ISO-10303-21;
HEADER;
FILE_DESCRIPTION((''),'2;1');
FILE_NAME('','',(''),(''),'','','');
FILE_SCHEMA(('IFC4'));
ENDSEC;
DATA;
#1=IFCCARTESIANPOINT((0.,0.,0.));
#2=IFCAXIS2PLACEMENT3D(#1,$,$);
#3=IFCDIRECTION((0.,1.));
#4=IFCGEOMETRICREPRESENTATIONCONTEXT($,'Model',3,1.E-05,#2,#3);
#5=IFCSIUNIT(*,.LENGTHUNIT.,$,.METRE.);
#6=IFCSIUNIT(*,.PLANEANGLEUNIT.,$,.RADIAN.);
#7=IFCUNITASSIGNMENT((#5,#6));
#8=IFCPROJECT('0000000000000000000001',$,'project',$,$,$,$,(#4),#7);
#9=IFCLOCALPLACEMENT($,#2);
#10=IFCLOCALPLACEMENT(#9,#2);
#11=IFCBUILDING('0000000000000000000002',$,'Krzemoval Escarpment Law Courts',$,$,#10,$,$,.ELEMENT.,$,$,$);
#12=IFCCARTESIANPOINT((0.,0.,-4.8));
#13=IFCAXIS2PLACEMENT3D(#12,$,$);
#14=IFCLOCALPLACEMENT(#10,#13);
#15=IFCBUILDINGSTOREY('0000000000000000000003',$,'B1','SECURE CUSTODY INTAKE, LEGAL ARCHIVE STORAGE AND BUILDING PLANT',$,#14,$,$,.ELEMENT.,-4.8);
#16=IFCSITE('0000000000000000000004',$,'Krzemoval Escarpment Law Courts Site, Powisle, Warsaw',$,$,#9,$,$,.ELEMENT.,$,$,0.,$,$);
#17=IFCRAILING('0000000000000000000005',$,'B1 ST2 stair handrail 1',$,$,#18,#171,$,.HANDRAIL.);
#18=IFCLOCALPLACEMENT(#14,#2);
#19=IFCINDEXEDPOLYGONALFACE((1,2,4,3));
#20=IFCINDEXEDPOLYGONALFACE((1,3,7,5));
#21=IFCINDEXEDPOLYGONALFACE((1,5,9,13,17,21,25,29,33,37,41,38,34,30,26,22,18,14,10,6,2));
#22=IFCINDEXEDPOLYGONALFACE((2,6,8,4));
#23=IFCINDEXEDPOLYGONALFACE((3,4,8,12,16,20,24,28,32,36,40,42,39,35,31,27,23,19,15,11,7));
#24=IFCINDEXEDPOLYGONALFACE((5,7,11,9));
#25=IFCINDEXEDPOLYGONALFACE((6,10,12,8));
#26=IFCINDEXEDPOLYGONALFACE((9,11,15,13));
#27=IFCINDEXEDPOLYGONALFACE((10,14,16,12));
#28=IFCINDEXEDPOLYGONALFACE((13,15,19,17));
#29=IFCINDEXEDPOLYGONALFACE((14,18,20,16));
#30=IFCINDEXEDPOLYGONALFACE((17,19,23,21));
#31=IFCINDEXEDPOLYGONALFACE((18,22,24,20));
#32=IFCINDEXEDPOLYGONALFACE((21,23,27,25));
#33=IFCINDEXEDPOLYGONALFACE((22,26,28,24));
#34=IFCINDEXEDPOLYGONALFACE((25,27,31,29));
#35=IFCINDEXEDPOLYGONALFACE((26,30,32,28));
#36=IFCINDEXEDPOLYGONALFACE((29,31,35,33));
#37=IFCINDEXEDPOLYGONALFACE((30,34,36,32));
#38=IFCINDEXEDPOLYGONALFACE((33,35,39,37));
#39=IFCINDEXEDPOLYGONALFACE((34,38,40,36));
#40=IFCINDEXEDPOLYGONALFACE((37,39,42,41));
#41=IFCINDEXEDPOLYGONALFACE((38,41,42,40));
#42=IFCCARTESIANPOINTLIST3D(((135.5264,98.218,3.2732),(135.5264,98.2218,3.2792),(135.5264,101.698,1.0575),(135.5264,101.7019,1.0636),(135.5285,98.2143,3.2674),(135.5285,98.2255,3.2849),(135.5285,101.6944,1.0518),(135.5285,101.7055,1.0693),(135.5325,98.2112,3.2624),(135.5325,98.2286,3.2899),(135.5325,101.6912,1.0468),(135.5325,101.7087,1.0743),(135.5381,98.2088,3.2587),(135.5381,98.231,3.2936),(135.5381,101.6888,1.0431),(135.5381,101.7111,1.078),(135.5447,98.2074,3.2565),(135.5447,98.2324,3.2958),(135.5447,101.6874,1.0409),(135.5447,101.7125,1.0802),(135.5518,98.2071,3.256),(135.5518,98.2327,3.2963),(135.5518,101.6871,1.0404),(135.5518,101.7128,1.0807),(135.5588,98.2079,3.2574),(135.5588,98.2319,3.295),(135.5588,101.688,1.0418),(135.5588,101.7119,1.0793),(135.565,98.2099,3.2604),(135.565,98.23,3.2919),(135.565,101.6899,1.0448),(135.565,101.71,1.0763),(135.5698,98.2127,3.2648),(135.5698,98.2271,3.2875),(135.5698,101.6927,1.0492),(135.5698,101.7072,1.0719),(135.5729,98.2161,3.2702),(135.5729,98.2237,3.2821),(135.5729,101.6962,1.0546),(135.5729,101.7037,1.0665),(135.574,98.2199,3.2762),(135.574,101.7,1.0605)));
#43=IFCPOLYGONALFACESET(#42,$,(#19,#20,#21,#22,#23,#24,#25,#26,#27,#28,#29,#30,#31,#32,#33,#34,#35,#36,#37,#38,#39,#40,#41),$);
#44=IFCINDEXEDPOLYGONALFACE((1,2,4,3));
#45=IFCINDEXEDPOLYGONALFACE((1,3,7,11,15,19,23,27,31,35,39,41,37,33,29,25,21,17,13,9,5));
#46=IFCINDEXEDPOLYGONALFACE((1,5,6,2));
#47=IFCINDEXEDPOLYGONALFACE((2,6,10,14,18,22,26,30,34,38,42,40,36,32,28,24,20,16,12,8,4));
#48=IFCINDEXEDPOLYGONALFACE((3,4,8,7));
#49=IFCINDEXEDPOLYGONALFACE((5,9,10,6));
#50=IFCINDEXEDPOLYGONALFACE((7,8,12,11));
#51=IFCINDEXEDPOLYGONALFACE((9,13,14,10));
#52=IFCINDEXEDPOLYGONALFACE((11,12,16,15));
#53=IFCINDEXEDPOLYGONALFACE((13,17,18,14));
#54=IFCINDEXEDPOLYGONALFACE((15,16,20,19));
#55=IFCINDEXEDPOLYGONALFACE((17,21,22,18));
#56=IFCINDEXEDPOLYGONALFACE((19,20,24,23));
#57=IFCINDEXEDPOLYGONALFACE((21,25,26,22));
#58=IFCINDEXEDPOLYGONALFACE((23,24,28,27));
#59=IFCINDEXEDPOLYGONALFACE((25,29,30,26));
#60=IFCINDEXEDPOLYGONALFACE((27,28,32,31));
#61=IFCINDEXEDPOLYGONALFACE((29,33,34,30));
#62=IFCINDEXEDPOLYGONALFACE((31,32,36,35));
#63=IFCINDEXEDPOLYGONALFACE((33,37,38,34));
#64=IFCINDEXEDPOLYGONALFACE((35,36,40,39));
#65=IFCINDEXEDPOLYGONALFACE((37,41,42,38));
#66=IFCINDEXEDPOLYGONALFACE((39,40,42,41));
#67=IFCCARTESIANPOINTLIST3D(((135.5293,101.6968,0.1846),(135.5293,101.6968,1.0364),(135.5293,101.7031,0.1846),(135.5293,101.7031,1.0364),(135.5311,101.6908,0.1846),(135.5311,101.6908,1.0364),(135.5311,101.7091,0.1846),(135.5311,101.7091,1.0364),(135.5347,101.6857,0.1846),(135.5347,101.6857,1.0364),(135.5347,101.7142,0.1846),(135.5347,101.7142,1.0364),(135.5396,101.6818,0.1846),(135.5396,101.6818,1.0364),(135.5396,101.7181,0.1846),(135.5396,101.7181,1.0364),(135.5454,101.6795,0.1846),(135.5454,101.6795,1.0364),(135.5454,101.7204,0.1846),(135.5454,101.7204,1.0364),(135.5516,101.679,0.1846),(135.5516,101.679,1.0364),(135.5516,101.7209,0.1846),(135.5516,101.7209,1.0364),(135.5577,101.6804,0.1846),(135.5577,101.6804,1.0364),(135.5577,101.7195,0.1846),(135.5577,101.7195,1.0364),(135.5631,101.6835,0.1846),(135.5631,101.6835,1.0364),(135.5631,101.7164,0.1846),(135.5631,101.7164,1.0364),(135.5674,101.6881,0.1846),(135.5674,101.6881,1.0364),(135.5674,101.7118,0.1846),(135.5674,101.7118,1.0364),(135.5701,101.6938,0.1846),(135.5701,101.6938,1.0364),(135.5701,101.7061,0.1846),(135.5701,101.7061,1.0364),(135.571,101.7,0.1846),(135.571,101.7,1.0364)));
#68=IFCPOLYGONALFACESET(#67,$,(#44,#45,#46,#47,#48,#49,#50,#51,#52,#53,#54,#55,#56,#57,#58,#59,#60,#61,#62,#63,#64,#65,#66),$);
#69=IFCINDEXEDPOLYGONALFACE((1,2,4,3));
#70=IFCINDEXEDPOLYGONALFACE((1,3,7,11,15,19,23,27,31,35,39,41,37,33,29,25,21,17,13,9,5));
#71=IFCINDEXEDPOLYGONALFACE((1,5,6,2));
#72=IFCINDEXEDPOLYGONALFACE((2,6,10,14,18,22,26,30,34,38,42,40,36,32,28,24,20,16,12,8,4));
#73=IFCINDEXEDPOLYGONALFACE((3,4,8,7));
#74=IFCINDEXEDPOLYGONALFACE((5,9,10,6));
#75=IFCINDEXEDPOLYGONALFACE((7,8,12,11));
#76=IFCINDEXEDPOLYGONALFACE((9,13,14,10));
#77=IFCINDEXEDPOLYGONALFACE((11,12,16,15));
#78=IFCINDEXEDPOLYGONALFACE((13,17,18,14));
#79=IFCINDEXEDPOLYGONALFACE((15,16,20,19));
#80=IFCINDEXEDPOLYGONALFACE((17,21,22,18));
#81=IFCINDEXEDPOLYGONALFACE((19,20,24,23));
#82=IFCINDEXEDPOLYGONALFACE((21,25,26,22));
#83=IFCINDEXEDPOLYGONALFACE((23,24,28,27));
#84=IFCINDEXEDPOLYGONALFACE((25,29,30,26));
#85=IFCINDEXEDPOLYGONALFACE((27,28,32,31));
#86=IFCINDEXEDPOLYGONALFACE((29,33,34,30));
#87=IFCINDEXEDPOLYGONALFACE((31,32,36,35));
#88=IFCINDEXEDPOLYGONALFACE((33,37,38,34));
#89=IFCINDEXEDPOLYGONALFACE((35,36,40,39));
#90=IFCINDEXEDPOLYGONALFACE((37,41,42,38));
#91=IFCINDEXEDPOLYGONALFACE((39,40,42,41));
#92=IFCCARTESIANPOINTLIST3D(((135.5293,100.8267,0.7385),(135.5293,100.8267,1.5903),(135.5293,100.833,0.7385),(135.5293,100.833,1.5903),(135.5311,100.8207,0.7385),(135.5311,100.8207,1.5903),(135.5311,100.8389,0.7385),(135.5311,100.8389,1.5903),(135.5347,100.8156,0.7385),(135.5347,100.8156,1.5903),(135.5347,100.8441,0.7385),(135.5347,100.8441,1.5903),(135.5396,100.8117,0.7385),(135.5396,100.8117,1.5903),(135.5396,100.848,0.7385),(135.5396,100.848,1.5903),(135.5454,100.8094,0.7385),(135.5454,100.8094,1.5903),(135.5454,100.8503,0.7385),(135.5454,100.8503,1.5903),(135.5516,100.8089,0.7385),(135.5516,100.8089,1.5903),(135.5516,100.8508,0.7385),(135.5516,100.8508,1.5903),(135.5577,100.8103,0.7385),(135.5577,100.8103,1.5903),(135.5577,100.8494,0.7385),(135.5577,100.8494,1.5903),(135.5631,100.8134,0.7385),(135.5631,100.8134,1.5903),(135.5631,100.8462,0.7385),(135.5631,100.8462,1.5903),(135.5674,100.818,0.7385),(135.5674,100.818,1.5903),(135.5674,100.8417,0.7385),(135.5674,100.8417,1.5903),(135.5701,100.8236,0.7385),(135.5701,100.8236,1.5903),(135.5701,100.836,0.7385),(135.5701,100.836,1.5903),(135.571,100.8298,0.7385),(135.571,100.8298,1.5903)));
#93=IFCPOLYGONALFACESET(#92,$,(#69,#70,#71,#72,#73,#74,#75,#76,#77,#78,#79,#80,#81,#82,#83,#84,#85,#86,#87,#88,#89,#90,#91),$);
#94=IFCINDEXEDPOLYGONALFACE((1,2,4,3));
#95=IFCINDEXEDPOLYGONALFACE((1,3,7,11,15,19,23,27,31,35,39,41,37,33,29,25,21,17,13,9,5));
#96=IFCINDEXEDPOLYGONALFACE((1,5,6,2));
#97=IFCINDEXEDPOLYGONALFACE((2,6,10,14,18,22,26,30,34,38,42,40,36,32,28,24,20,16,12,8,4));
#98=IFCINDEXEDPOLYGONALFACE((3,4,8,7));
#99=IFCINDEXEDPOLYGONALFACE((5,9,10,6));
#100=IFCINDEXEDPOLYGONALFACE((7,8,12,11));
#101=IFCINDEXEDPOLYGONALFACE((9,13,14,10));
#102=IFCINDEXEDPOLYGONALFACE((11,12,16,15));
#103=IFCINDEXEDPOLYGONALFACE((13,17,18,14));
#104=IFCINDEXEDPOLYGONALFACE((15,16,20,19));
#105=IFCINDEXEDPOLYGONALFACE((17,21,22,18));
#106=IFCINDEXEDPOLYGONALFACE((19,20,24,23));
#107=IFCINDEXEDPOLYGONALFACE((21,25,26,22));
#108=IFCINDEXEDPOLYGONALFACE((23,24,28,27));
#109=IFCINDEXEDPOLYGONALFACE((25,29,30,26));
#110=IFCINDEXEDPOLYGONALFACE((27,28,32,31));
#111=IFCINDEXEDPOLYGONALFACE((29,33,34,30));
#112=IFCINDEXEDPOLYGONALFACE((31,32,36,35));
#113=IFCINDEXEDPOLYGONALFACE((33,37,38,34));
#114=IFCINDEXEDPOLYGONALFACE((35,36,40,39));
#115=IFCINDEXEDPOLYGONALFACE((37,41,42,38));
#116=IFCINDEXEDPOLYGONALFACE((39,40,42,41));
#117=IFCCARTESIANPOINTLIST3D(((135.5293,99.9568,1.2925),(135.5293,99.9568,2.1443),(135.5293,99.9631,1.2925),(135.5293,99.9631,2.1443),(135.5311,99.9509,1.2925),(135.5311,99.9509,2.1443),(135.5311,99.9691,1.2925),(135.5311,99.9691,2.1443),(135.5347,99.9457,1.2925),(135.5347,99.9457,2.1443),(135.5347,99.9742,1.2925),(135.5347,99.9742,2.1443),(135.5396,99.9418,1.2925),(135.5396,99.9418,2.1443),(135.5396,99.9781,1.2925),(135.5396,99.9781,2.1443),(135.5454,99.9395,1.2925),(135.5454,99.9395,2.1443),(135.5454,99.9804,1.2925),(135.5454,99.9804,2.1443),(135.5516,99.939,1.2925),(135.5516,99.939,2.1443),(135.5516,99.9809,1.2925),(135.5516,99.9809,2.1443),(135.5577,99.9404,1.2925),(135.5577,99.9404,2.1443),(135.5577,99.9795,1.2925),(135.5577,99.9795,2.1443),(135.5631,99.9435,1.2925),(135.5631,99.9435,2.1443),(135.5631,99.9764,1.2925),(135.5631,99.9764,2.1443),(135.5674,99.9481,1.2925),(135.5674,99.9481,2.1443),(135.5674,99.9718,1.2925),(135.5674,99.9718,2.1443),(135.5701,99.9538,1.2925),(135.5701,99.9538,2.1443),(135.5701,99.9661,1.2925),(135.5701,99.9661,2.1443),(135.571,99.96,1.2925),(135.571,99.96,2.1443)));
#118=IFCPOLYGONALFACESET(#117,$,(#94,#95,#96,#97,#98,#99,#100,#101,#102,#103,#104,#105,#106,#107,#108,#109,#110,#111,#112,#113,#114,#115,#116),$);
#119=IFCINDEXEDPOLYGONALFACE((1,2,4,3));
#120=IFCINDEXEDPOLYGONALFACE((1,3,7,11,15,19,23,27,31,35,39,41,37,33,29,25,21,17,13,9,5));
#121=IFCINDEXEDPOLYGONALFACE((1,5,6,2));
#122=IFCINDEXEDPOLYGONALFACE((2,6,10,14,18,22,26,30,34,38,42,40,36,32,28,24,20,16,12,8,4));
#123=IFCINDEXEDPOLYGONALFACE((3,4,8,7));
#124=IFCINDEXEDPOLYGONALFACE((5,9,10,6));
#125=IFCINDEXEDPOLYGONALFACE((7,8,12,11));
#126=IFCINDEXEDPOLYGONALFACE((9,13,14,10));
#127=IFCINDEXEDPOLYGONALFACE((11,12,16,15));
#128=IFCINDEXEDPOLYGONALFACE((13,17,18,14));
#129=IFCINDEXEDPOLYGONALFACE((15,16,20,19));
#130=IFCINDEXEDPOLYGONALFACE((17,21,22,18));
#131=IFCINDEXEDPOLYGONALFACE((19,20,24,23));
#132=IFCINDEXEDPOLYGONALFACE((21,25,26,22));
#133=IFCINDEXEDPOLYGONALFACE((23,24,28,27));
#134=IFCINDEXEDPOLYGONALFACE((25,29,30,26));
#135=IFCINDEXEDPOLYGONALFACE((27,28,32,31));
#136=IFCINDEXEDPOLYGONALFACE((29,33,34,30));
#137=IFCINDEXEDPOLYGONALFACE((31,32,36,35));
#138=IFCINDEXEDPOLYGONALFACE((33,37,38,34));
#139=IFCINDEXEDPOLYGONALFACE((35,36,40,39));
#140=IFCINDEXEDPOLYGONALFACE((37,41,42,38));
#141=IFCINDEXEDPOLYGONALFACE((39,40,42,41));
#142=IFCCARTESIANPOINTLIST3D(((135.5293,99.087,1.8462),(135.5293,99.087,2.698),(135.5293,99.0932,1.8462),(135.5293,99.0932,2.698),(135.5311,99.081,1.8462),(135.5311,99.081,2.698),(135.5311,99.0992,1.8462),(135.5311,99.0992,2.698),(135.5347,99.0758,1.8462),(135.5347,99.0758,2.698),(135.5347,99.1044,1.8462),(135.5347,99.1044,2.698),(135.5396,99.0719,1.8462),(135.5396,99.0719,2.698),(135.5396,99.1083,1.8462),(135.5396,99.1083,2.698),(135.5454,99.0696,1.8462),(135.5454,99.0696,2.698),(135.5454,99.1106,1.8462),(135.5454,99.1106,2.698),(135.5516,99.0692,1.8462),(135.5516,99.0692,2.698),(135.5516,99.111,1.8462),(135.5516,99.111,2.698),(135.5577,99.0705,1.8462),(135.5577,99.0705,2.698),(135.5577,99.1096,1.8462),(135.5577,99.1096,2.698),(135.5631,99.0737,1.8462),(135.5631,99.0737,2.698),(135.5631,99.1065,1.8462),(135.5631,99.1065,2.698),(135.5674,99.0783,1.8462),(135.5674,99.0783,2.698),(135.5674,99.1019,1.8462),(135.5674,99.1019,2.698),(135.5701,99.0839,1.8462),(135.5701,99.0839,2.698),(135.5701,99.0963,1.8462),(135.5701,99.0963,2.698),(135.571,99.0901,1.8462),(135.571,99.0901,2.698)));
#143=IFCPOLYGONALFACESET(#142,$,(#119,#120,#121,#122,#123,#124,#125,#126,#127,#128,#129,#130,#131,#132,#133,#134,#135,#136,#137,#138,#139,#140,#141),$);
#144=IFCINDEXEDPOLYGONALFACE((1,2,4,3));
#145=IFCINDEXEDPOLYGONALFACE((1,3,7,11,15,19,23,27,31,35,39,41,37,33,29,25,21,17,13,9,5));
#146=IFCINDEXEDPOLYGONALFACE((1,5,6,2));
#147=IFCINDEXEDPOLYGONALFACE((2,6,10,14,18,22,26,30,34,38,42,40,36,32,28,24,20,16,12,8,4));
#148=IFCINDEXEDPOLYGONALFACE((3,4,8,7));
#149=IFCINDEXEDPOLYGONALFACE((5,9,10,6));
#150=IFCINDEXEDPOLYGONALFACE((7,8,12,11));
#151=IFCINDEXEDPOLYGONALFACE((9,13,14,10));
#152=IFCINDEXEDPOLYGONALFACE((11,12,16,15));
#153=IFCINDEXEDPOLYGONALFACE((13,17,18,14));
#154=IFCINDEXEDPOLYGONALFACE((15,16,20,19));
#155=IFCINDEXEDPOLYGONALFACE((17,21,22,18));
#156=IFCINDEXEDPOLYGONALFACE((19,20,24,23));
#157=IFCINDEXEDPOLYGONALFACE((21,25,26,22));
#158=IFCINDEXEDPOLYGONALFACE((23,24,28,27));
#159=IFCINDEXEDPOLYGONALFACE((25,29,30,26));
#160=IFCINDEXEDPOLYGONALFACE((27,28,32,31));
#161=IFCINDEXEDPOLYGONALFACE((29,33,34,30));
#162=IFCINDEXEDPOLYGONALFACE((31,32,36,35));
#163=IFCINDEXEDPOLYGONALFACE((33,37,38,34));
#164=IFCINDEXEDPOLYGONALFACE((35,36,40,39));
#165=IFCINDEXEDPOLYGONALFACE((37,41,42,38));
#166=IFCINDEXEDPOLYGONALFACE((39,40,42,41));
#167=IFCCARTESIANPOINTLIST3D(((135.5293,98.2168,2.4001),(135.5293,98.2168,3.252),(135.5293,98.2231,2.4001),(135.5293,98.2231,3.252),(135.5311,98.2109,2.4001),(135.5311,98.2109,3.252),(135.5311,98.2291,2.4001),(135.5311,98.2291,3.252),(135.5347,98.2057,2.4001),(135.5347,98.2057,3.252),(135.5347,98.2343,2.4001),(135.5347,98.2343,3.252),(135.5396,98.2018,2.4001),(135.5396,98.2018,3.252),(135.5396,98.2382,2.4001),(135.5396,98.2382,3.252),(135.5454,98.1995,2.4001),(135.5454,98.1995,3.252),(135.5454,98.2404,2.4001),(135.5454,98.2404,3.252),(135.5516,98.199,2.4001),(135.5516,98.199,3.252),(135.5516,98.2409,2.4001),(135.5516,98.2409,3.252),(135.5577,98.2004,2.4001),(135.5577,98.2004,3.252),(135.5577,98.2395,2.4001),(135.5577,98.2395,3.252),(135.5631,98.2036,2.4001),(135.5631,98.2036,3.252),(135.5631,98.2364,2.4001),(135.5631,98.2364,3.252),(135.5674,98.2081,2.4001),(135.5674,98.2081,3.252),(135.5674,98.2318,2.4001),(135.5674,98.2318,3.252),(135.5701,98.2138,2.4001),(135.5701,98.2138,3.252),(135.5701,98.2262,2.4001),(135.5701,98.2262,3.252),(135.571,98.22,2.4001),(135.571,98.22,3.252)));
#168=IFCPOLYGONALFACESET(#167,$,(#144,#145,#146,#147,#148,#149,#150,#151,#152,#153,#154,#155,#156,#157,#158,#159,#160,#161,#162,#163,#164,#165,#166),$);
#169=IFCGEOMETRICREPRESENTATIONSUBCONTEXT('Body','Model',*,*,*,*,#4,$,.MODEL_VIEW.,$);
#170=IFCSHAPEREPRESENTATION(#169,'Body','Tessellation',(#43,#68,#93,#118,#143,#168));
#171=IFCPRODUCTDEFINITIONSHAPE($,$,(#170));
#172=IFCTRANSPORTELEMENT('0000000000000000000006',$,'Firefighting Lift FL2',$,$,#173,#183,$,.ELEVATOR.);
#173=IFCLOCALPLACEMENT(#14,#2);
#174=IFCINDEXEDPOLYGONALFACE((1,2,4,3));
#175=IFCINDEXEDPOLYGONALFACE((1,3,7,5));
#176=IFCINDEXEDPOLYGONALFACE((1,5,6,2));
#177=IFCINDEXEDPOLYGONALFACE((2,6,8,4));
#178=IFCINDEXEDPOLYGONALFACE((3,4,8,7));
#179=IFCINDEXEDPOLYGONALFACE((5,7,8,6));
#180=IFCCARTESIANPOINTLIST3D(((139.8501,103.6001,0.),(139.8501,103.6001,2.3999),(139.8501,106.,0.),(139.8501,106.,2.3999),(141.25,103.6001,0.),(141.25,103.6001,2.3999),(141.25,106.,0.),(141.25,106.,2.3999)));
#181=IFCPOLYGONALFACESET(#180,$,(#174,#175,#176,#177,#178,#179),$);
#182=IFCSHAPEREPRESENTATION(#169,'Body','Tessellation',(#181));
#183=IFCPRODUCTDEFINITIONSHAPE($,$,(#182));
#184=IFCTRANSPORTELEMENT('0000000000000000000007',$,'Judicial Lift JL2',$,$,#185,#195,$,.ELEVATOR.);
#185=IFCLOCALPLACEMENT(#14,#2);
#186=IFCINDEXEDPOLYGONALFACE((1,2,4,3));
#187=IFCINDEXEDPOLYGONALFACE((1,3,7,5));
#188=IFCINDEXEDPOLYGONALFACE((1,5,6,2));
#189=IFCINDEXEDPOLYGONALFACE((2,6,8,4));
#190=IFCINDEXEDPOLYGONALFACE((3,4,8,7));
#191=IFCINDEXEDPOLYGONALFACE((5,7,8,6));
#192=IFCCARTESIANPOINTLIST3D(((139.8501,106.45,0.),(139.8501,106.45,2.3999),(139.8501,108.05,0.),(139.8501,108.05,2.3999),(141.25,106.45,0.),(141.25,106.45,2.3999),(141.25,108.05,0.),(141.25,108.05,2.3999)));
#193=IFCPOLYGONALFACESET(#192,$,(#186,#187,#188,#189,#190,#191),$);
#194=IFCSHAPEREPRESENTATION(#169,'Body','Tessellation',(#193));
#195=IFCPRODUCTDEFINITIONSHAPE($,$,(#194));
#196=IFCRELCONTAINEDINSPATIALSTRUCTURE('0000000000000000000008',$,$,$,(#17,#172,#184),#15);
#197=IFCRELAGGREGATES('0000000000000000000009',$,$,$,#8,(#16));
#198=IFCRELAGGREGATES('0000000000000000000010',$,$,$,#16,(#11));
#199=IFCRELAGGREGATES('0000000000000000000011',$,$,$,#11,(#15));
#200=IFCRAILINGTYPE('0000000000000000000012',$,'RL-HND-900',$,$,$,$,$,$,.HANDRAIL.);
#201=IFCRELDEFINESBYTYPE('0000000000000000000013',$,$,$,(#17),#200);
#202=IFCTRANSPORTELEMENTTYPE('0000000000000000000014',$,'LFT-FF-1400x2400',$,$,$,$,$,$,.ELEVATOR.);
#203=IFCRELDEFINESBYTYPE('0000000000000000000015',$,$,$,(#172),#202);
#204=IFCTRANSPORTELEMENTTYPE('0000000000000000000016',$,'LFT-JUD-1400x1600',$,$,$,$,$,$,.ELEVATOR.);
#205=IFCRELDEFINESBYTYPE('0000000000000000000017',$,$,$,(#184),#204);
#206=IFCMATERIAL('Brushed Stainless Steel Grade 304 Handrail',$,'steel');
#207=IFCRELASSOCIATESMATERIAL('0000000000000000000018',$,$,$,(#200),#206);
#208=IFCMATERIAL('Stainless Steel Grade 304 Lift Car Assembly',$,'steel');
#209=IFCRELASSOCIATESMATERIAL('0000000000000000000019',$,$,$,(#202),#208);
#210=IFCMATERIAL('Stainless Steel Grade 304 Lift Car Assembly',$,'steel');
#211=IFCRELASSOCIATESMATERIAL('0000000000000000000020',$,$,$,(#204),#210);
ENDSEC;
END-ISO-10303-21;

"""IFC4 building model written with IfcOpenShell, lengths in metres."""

from ifc_helpers import new_model, si_unit, direction, frame, origin, origin_2d, place, context, subcontext, project, spatial, rectangle, circle, extrude, material, type_object, element, save


model = new_model("IFC4")

# Units and contexts
model_context = context("Model", 3, precision=1e-05, world=origin(), true_north=direction((0.0, 1.0)))
body_context = subcontext(model_context, "Body", "Model", "MODEL_VIEW")
ifc_project = project(units=[si_unit("LENGTHUNIT", "METRE"), si_unit("PLANEANGLEUNIT", "RADIAN")], contexts=[model_context])

# Site, building, storey
site_placement = place(None, origin())
site = spatial("IfcSite", under=ifc_project, at=site_placement, Name="Krzemoval Escarpment Law Courts Site, Powisle, Warsaw", CompositionType="ELEMENT", RefElevation=0.0)
building_placement = place(site_placement, origin())
building = spatial("IfcBuilding", under=site, at=building_placement, Name="Krzemoval Escarpment Law Courts", CompositionType="ELEMENT")
storey_placement = place(building_placement, frame((0.0, 0.0, -4.8)))
storey = spatial("IfcBuildingStorey", under=building, at=storey_placement, Name="B1", Description="SECURE CUSTODY INTAKE, LEGAL ARCHIVE STORAGE AND BUILDING PLANT", CompositionType="ELEMENT", Elevation=-4.8)

# Railing
ifc_material_1 = material(Name="Brushed Stainless Steel Grade 304 Handrail", Category="steel")
railing_type_1 = type_object("IfcRailingType", Name="RL-HND-900", PredefinedType="HANDRAIL", material=ifc_material_1)
railing_1_placement = place(storey_placement, frame((135.55, 101.7, 0.1846)))
element("IfcRailing", 1, at=railing_1_placement, inside=storey, type_object=railing_type_1, Name="B1 ST2 stair handrail 1", PredefinedType="HANDRAIL", context=body_context, shape_type="SweptSolid", body=[
    extrude(circle(Radius=0.0239, at=origin_2d()), frame((0.0, 0.0, 0.876), z_axis=(0.0, -0.843547, 0.537055), x_axis=(1.0, 0.0, 0.0)), (0.0, 0.0, 1.0), 4.1255),
    extrude(circle(Radius=0.021, at=origin_2d()), origin(), (0.0, 0.0, 1.0), 0.8518),
    extrude(circle(Radius=0.021, at=origin_2d()), frame((0.0, -0.8701, 0.554)), (0.0, 0.0, 1.0), 0.8518),
    extrude(circle(Radius=0.021, at=origin_2d()), frame((0.0, -1.74, 1.1079)), (0.0, 0.0, 1.0), 0.8518),
    extrude(circle(Radius=0.021, at=origin_2d()), frame((0.0, -2.6099, 1.6616)), (0.0, 0.0, 1.0), 0.8518),
    extrude(circle(Radius=0.021, at=origin_2d()), frame((0.0, -3.48, 2.2156)), (0.0, 0.0, 1.0), 0.8518),
])

# Transport elements
ifc_material_2 = material(Name="Stainless Steel Grade 304 Lift Car Assembly", Category="steel")
transport_element_type_1 = type_object("IfcTransportElementType", Name="LFT-FF-1400x2400", PredefinedType="ELEVATOR", material=ifc_material_2)
transport_element_1_placement = place(storey_placement, frame((140.55, 104.8, 0.0), z_axis=(0.0, 0.0, 1.0), x_axis=(1.0, 0.0, 0.0)))
element("IfcTransportElement", 2, at=transport_element_1_placement, inside=storey, type_object=transport_element_type_1, Name="Firefighting Lift FL2", PredefinedType="ELEVATOR", context=body_context, shape_type="SweptSolid", body=[
    extrude(rectangle(XDim=1.3999, YDim=2.3999, at=origin_2d()), origin(), (0.0, 0.0, 1.0), 2.3999),
])
ifc_material_3 = material(Name="Stainless Steel Grade 304 Lift Car Assembly", Category="steel")
transport_element_type_2 = type_object("IfcTransportElementType", Name="LFT-JUD-1400x1600", PredefinedType="ELEVATOR", material=ifc_material_3)
transport_element_2_placement = place(storey_placement, frame((140.55, 107.25, 0.0), z_axis=(0.0, 0.0, 1.0), x_axis=(1.0, 0.0, 0.0)))
element("IfcTransportElement", 3, at=transport_element_2_placement, inside=storey, type_object=transport_element_type_2, Name="Judicial Lift JL2", PredefinedType="ELEVATOR", context=body_context, shape_type="SweptSolid", body=[
    extrude(rectangle(XDim=1.3999, YDim=1.6001, at=origin_2d()), origin(), (0.0, 0.0, 1.0), 2.3999),
])

save(model, "model.ifc")
